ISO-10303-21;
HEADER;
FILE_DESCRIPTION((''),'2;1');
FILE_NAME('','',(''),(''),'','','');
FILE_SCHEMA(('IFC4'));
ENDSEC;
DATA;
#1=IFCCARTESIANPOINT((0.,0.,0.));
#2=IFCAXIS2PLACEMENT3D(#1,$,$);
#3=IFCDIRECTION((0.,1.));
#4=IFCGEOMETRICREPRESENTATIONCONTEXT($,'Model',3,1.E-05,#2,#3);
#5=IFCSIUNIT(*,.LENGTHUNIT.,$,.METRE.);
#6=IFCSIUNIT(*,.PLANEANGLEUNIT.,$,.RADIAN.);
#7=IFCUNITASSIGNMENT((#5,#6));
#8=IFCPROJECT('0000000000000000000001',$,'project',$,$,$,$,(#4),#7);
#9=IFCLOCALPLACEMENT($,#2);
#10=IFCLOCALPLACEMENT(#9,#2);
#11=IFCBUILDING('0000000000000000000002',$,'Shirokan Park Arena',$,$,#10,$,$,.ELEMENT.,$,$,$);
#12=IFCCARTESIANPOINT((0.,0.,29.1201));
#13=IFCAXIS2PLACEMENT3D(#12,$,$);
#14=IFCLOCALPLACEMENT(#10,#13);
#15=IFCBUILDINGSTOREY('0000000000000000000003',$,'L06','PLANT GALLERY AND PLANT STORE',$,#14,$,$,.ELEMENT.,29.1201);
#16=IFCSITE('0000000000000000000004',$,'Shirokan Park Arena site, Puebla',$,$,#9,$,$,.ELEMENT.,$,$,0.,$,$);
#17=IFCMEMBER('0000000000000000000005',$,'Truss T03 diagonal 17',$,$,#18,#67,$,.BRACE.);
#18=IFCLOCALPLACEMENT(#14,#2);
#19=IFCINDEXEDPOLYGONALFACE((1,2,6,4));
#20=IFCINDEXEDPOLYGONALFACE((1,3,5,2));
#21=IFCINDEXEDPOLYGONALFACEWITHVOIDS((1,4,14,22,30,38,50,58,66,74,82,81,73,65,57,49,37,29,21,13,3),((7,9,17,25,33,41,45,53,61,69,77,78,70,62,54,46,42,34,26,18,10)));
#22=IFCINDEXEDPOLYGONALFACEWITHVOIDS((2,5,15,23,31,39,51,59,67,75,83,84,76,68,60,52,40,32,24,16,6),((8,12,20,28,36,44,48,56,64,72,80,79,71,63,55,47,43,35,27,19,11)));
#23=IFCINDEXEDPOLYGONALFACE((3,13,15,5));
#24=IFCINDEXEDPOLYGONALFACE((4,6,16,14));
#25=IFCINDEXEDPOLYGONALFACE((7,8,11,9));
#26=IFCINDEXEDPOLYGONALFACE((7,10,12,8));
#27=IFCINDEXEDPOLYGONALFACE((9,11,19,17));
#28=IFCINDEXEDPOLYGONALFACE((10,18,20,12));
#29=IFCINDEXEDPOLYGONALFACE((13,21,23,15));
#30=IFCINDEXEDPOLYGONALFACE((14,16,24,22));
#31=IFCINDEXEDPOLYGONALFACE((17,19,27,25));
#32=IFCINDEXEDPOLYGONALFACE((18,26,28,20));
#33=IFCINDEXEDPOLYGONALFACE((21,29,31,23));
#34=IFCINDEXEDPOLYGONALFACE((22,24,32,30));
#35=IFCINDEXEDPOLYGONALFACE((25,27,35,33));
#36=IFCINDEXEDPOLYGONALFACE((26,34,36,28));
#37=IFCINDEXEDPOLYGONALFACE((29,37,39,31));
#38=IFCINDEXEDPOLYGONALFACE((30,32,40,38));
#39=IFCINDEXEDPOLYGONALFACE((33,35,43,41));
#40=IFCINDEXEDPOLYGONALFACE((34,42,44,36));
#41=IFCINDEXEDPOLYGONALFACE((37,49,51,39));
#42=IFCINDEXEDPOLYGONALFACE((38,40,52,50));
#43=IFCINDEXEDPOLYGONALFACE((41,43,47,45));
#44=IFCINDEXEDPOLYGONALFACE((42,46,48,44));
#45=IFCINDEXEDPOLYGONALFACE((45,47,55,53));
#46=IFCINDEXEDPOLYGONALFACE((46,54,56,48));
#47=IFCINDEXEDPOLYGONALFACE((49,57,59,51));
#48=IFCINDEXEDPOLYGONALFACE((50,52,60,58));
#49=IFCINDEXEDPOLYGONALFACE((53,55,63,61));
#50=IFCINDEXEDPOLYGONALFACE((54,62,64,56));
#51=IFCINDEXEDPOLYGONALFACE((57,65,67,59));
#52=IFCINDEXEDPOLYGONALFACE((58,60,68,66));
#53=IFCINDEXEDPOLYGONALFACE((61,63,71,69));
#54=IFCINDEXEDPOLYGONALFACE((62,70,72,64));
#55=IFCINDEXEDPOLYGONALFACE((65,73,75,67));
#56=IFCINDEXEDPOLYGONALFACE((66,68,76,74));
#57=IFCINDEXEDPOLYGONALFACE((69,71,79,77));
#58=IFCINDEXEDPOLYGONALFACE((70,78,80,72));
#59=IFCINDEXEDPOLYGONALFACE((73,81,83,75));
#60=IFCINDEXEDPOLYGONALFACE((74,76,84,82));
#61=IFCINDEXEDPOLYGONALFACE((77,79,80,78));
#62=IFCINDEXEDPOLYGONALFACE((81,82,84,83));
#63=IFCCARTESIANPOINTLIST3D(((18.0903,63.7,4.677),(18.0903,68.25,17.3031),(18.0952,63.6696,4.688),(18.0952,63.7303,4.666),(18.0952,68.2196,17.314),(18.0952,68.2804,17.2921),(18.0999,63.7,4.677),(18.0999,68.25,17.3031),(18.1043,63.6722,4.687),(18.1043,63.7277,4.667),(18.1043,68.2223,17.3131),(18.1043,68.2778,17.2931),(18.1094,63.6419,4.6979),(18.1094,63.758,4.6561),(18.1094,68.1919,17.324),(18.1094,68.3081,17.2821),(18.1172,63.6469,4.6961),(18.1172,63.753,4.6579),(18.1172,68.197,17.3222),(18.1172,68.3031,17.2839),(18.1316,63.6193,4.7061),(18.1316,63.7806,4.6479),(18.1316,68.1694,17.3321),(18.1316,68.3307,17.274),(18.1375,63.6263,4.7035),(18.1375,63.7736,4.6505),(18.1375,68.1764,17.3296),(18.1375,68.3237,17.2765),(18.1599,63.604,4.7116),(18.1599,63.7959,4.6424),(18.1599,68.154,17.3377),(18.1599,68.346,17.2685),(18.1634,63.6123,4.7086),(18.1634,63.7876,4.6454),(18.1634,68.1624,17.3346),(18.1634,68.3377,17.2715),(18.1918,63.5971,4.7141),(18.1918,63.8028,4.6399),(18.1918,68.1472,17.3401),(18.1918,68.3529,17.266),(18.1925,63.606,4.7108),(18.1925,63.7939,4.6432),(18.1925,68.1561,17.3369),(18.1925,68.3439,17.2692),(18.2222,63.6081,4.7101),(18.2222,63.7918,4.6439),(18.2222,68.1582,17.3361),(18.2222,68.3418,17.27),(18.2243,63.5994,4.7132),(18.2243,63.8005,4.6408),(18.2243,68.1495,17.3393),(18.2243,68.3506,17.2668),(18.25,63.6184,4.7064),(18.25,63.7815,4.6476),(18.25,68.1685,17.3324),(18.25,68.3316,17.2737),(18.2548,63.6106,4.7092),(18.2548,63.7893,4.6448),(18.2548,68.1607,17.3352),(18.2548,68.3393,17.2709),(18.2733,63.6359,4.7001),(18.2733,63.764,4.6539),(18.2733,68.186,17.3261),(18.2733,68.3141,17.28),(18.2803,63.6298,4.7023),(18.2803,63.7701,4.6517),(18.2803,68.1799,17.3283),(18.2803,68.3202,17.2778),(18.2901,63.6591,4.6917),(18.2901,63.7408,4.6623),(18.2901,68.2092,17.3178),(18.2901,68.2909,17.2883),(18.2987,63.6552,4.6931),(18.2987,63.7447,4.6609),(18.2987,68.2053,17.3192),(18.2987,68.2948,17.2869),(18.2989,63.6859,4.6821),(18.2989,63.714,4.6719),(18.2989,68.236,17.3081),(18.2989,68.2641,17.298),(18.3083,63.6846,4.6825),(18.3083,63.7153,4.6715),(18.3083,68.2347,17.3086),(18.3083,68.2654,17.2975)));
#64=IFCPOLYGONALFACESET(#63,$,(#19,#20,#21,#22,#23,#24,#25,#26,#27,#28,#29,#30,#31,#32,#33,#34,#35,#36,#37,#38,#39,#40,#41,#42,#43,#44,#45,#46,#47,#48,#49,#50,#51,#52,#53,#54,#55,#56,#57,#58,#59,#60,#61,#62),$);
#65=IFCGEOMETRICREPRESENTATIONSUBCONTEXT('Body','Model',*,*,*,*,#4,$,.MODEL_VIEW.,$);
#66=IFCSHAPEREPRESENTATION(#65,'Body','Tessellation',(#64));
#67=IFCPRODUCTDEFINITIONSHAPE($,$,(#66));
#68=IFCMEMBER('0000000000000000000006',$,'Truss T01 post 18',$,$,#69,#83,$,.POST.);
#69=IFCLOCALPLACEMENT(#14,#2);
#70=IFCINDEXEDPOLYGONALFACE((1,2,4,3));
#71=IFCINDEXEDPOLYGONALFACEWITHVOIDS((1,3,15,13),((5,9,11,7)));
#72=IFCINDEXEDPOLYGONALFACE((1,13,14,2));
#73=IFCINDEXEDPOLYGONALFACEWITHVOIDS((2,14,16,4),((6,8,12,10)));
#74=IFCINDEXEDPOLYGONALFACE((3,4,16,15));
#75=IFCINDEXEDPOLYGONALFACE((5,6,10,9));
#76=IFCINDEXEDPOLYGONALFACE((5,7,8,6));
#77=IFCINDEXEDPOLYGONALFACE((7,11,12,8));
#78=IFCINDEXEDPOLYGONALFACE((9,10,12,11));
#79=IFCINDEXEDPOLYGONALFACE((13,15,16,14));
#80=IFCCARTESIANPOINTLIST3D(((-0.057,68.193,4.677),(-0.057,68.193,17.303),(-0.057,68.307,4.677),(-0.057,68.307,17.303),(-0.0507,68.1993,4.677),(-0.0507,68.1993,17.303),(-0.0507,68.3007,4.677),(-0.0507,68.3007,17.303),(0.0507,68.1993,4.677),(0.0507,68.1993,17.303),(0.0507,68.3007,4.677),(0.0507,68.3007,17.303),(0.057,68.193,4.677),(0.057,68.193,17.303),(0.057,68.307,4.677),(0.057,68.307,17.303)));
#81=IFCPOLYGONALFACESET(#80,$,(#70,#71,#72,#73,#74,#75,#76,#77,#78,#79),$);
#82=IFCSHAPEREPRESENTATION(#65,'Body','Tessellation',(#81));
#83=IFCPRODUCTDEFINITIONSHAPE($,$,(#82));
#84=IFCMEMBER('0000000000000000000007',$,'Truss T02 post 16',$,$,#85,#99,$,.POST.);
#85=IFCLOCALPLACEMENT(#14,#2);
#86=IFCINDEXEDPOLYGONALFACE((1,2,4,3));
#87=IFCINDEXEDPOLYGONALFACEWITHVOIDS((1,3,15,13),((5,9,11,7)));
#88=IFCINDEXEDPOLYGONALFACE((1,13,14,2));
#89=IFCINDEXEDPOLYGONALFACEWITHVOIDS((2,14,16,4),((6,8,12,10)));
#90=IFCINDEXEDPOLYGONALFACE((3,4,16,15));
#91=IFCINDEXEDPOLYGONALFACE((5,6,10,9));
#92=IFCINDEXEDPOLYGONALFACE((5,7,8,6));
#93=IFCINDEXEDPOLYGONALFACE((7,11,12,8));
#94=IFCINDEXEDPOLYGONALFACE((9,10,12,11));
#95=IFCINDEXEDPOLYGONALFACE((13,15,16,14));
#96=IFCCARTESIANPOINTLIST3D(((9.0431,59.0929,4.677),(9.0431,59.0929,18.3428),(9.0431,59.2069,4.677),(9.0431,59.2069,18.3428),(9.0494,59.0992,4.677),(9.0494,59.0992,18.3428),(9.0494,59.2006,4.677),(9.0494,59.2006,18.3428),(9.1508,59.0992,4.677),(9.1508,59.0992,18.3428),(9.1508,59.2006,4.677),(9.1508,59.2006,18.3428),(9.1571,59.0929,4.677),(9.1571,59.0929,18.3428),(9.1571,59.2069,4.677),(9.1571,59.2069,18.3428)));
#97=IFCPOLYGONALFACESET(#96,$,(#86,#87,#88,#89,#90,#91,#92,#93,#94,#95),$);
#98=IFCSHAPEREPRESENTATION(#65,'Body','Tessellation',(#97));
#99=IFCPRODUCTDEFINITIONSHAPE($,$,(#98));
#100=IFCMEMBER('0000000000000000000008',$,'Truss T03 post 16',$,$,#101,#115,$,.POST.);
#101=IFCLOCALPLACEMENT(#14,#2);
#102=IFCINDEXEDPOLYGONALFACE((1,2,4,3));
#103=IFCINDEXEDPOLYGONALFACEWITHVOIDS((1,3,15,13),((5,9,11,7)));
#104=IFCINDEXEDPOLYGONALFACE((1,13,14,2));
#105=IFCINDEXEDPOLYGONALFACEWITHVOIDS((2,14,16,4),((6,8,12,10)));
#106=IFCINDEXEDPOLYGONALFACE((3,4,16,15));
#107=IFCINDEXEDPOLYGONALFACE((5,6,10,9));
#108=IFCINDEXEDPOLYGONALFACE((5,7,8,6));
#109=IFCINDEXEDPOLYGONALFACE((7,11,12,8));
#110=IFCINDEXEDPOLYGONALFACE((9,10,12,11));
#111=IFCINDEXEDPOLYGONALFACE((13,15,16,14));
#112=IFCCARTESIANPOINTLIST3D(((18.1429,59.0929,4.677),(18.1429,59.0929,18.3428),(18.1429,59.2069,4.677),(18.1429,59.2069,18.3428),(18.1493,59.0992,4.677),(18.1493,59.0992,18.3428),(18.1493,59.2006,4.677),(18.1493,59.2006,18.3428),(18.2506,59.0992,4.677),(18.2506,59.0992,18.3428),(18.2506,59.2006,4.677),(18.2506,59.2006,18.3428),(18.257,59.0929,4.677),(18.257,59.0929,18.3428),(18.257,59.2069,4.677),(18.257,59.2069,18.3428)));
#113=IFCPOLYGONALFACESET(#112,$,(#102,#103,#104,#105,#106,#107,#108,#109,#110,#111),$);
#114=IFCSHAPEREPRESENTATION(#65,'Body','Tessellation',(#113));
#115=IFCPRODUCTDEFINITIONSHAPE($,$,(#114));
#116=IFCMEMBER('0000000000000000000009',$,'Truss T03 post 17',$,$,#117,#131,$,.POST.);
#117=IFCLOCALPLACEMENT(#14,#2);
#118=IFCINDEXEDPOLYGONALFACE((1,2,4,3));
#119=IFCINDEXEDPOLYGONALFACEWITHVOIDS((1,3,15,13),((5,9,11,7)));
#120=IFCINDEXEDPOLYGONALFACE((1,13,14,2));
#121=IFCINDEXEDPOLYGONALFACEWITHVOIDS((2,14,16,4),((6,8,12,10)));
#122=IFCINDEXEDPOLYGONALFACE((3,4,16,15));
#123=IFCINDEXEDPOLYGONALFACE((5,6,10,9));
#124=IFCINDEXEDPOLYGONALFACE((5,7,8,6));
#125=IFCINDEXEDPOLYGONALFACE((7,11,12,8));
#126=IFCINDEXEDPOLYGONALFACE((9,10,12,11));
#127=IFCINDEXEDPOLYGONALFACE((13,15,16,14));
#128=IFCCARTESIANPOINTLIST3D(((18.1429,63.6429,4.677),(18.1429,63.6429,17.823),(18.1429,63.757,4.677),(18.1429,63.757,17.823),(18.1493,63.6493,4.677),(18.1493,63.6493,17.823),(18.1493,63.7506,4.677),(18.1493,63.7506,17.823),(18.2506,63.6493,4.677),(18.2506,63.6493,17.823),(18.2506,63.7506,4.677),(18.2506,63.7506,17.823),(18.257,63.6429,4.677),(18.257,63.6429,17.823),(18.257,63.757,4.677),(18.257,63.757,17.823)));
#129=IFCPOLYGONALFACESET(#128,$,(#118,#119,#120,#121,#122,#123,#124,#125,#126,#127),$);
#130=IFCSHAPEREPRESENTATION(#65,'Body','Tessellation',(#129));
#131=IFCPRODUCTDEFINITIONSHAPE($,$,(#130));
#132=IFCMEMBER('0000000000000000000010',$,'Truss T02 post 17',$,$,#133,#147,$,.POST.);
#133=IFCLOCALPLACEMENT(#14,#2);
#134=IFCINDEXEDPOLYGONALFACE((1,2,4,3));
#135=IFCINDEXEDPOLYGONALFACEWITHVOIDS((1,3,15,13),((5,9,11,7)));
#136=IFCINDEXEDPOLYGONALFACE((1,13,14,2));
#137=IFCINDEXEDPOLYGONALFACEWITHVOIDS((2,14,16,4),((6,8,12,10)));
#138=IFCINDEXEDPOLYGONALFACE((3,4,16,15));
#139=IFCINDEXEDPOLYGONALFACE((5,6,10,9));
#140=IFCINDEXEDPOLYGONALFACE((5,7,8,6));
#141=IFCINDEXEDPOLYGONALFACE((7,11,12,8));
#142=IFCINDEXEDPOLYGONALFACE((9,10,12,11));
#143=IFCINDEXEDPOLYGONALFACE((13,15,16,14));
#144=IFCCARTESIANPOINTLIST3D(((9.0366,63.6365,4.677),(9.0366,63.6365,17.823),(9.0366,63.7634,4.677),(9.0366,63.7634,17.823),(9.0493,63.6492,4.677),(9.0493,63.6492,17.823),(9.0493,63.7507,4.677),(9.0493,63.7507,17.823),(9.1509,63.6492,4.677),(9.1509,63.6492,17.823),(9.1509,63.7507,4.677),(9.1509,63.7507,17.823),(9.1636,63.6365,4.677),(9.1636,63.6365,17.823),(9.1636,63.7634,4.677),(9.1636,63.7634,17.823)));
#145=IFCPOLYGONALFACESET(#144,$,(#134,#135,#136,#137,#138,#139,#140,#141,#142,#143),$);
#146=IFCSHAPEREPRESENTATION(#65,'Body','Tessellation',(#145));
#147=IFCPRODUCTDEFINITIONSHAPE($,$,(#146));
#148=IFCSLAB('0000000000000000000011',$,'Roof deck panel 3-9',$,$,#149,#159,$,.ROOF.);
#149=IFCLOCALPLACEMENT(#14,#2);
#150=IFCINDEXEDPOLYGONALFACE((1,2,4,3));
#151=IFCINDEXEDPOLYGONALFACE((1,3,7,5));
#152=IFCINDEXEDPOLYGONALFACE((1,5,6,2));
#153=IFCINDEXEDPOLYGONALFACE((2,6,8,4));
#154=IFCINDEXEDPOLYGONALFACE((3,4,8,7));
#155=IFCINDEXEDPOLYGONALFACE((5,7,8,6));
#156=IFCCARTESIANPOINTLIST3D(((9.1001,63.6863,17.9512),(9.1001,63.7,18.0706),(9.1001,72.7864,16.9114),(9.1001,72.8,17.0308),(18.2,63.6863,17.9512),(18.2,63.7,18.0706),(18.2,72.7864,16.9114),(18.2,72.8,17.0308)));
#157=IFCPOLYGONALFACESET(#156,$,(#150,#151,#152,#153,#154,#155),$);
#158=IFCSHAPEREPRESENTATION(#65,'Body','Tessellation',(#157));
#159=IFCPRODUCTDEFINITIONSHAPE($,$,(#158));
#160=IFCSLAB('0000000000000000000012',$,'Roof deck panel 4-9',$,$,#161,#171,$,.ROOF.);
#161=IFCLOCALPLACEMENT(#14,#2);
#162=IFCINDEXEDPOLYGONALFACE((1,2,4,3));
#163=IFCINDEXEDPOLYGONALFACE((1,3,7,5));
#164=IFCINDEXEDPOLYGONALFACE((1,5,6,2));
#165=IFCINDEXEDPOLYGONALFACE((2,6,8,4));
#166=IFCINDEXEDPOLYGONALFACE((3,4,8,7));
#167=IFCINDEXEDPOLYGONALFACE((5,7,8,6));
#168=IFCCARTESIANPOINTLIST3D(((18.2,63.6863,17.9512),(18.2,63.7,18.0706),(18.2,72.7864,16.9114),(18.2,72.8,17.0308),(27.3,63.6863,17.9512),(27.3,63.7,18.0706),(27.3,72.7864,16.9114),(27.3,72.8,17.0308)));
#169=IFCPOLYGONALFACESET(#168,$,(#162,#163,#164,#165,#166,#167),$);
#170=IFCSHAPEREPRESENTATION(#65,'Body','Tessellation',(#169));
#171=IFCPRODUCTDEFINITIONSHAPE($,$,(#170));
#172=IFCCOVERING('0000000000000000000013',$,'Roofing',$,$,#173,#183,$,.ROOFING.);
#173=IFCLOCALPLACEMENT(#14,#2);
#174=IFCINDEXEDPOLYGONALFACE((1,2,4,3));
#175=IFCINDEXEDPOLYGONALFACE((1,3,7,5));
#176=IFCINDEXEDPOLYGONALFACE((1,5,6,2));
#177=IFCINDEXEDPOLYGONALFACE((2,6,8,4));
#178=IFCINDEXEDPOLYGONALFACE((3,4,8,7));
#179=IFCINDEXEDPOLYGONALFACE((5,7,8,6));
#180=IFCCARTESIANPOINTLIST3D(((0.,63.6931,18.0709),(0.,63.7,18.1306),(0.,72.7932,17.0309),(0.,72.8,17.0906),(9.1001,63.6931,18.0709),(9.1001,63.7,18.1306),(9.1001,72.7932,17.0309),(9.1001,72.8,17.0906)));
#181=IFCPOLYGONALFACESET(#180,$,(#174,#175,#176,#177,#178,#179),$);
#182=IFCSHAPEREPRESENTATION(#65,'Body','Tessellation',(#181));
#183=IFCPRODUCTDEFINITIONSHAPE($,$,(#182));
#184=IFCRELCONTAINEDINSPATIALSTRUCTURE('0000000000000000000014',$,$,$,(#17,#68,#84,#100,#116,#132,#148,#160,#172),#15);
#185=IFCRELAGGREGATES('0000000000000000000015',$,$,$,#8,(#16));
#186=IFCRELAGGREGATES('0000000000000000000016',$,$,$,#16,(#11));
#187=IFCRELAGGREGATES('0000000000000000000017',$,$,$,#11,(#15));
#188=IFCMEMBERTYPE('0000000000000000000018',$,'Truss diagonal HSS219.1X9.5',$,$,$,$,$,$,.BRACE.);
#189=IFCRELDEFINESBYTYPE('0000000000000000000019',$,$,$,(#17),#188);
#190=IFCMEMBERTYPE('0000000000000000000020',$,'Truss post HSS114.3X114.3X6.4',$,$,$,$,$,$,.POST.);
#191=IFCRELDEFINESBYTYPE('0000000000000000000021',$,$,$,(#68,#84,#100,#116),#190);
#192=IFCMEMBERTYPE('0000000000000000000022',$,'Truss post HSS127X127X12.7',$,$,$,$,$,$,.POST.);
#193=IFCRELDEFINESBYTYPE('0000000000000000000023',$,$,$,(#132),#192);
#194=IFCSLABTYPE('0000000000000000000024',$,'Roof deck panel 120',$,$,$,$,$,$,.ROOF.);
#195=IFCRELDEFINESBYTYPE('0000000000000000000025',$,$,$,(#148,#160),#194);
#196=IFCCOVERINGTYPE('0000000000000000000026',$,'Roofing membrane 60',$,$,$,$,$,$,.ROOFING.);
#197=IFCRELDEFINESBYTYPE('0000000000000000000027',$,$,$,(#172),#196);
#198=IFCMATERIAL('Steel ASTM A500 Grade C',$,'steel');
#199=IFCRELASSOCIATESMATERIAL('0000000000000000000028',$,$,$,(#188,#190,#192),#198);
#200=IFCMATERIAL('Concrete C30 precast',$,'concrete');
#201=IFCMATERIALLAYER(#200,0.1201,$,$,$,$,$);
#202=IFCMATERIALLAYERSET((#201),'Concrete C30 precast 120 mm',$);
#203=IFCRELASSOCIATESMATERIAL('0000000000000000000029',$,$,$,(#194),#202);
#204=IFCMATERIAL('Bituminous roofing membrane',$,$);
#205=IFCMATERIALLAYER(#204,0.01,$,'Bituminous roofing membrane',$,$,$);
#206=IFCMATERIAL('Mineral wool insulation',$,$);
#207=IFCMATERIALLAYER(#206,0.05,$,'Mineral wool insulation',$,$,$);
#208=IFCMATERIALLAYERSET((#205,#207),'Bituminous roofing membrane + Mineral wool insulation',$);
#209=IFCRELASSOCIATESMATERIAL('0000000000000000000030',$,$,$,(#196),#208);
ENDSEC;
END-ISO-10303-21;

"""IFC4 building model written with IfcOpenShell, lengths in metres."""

from ifc_helpers import new_model, si_unit, direction, frame, origin, origin_2d, place, context, subcontext, project, spatial, polyline, hollow_rectangle, hollow_circle, outline, extrude, material, layer, layer_set, material_profile, profile_set, type_object, element, save


model = new_model("IFC4")

# Units and contexts
model_context = context("Model", 3, precision=1e-05, world=origin(), true_north=direction((0.0, 1.0)))
body_context = subcontext(model_context, "Body", "Model", "MODEL_VIEW")
ifc_project = project(units=[si_unit("LENGTHUNIT", "METRE"), si_unit("PLANEANGLEUNIT", "RADIAN")], contexts=[model_context])

# Site, building, storey
site_placement = place(None, origin())
site = spatial("IfcSite", under=ifc_project, at=site_placement, Name="Shirokan Park Arena site, Puebla", CompositionType="ELEMENT", RefElevation=0.0)
building_placement = place(site_placement, origin())
building = spatial("IfcBuilding", under=site, at=building_placement, Name="Shirokan Park Arena", CompositionType="ELEMENT")
storey_placement = place(building_placement, frame((0.0, 0.0, 29.1201)))
storey = spatial("IfcBuildingStorey", under=building, at=storey_placement, Name="L06", Description="PLANT GALLERY AND PLANT STORE", CompositionType="ELEMENT", Elevation=29.1201)

# Shared definitions
ifc_material_1 = material(Name="Steel ASTM A500 Grade C", Category="steel")

# Members
ifc_material_profile_1 = material_profile(ifc_material_1, hollow_circle(Radius=0.1096, WallThickness=0.0095, at=origin_2d()), Name="HSS219.1X9.5")
ifc_profile_set_1 = profile_set([ifc_material_profile_1], Name="Steel ASTM A500 Grade C")
member_type_1 = type_object("IfcMemberType", Name="Truss diagonal HSS219.1X9.5", PredefinedType="BRACE", material=ifc_profile_set_1)
member_1_placement = place(storey_placement, frame((18.2, 63.7, 4.677), z_axis=(0.0, 0.339029, 0.940776), x_axis=(-1.0, 0.0, 0.0)))
element("IfcMember", 1, at=member_1_placement, inside=storey, type_object=member_type_1, Name="Truss T03 diagonal 17", PredefinedType="BRACE", context=body_context, shape_type="SweptSolid", body=[
    extrude(hollow_circle(Radius=0.1096, WallThickness=0.0095, at=origin_2d()), origin(), (0.0, 0.0, 1.0), 13.4209),
])
ifc_material_profile_2 = material_profile(ifc_material_1, hollow_rectangle(XDim=0.114, YDim=0.114, WallThickness=0.0063, at=origin_2d()), Name="HSS114.3X114.3X6.4")
ifc_profile_set_2 = profile_set([ifc_material_profile_2], Name="Steel ASTM A500 Grade C")
member_type_2 = type_object("IfcMemberType", Name="Truss post HSS114.3X114.3X6.4", PredefinedType="POST", material=ifc_profile_set_2)
member_2_placement = place(storey_placement, frame((0.0, 68.25, 4.677), z_axis=(0.0, 0.0, 1.0), x_axis=(1.0, 0.0, 0.0)))
element("IfcMember", 2, at=member_2_placement, inside=storey, type_object=member_type_2, Name="Truss T01 post 18", PredefinedType="POST", context=body_context, shape_type="SweptSolid", body=[
    extrude(hollow_rectangle(XDim=0.114, YDim=0.114, WallThickness=0.0063, at=origin_2d()), origin(), (0.0, 0.0, 1.0), 12.626),
])
for number, where, z_axis, x_axis, name in (
    (3, (9.1001, 59.1499, 4.677), (0.0, 0.0, 1.0), (1.0, 0.0, 0.0), "Truss T02 post 16"),
    (4, (18.2, 59.1499, 4.677), (0.0, 0.0, 1.0), (1.0, 0.0, 0.0), "Truss T03 post 16"),
):
    element("IfcMember", number, at=place(storey_placement, frame(where, z_axis=z_axis, x_axis=x_axis)), inside=storey, type_object=member_type_2, Name=name, PredefinedType="POST", context=body_context, shape_type="SweptSolid", body=[
        extrude(hollow_rectangle(XDim=0.114, YDim=0.114, WallThickness=0.0063, at=origin_2d()), origin(), (0.0, 0.0, 1.0), 13.6658),
    ])
member_3_placement = place(storey_placement, frame((18.2, 63.7, 4.677), z_axis=(0.0, 0.0, 1.0), x_axis=(1.0, 0.0, 0.0)))
element("IfcMember", 5, at=member_3_placement, inside=storey, type_object=member_type_2, Name="Truss T03 post 17", PredefinedType="POST", context=body_context, shape_type="SweptSolid", body=[
    extrude(hollow_rectangle(XDim=0.114, YDim=0.114, WallThickness=0.0063, at=origin_2d()), origin(), (0.0, 0.0, 1.0), 13.146),
])
ifc_material_profile_3 = material_profile(ifc_material_1, hollow_rectangle(XDim=0.127, YDim=0.127, WallThickness=0.0127, at=origin_2d()), Name="HSS127X127X12.7")
ifc_profile_set_3 = profile_set([ifc_material_profile_3], Name="Steel ASTM A500 Grade C")
member_type_3 = type_object("IfcMemberType", Name="Truss post HSS127X127X12.7", PredefinedType="POST", material=ifc_profile_set_3)
member_4_placement = place(storey_placement, frame((9.1001, 63.7, 4.677), z_axis=(0.0, 0.0, 1.0), x_axis=(1.0, 0.0, 0.0)))
element("IfcMember", 6, at=member_4_placement, inside=storey, type_object=member_type_3, Name="Truss T02 post 17", PredefinedType="POST", context=body_context, shape_type="SweptSolid", body=[
    extrude(hollow_rectangle(XDim=0.127, YDim=0.127, WallThickness=0.0127, at=origin_2d()), origin(), (0.0, 0.0, 1.0), 13.146),
])

# Slabs
ifc_material_2 = material(Name="Concrete C30 precast", Category="concrete")
ifc_layer_1 = layer(ifc_material_2, 0.1201)
ifc_layer_set_1 = layer_set([ifc_layer_1], Name="Concrete C30 precast 120 mm")
slab_type = type_object("IfcSlabType", Name="Roof deck panel 120", PredefinedType="ROOF", material=ifc_layer_set_1)
slab_1_placement = place(storey_placement, frame((9.1001, 63.7, 18.0706), z_axis=(0.0, 0.113523, 0.993535), x_axis=(1.0, 0.0, 0.0)))
element("IfcSlab", 7, at=slab_1_placement, inside=storey, type_object=slab_type, Name="Roof deck panel 3-9", PredefinedType="ROOF", context=body_context, shape_type="SweptSolid", body=[
    extrude(outline(polyline([(0.0, 0.0), (9.0999, 0.0), (9.0999, 9.1593), (0.0, 9.1593), (0.0, 0.0)])), origin(), (0.0, 0.0, -1.0), 0.1201),
])
slab_2_placement = place(storey_placement, frame((18.2, 63.7, 18.0706), z_axis=(0.0, 0.113523, 0.993535), x_axis=(1.0, 0.0, 0.0)))
element("IfcSlab", 8, at=slab_2_placement, inside=storey, type_object=slab_type, Name="Roof deck panel 4-9", PredefinedType="ROOF", context=body_context, shape_type="SweptSolid", body=[
    extrude(outline(polyline([(0.0, 0.0), (9.1001, 0.0), (9.1001, 9.1593), (0.0, 9.1593), (0.0, 0.0)])), origin(), (0.0, 0.0, -1.0), 0.1201),
])

# Covering
ifc_material_3 = material(Name="Bituminous roofing membrane")
ifc_layer_2 = layer(ifc_material_3, 0.01, Name="Bituminous roofing membrane")
ifc_material_4 = material(Name="Mineral wool insulation")
ifc_layer_3 = layer(ifc_material_4, 0.05, Name="Mineral wool insulation")
ifc_layer_set_2 = layer_set([ifc_layer_2, ifc_layer_3], Name="Bituminous roofing membrane + Mineral wool insulation")
covering_type = type_object("IfcCoveringType", Name="Roofing membrane 60", PredefinedType="ROOFING", material=ifc_layer_set_2)
covering_1_placement = place(storey_placement, frame((0.0, 63.7, 18.1306), z_axis=(0.0, 0.11355, 0.993532), x_axis=(1.0, 0.0, 0.0)))
element("IfcCovering", 9, at=covering_1_placement, inside=storey, type_object=covering_type, Name="Roofing", PredefinedType="ROOFING", context=body_context, shape_type="SweptSolid", body=[
    extrude(outline(polyline([(0.0, 0.0), (9.1001, 0.0), (9.1001, 9.1593), (0.0, 9.1593), (0.0, 0.0)])), origin(), (0.0, 0.0, -1.0), 0.0601),
])

save(model, "model.ifc")
